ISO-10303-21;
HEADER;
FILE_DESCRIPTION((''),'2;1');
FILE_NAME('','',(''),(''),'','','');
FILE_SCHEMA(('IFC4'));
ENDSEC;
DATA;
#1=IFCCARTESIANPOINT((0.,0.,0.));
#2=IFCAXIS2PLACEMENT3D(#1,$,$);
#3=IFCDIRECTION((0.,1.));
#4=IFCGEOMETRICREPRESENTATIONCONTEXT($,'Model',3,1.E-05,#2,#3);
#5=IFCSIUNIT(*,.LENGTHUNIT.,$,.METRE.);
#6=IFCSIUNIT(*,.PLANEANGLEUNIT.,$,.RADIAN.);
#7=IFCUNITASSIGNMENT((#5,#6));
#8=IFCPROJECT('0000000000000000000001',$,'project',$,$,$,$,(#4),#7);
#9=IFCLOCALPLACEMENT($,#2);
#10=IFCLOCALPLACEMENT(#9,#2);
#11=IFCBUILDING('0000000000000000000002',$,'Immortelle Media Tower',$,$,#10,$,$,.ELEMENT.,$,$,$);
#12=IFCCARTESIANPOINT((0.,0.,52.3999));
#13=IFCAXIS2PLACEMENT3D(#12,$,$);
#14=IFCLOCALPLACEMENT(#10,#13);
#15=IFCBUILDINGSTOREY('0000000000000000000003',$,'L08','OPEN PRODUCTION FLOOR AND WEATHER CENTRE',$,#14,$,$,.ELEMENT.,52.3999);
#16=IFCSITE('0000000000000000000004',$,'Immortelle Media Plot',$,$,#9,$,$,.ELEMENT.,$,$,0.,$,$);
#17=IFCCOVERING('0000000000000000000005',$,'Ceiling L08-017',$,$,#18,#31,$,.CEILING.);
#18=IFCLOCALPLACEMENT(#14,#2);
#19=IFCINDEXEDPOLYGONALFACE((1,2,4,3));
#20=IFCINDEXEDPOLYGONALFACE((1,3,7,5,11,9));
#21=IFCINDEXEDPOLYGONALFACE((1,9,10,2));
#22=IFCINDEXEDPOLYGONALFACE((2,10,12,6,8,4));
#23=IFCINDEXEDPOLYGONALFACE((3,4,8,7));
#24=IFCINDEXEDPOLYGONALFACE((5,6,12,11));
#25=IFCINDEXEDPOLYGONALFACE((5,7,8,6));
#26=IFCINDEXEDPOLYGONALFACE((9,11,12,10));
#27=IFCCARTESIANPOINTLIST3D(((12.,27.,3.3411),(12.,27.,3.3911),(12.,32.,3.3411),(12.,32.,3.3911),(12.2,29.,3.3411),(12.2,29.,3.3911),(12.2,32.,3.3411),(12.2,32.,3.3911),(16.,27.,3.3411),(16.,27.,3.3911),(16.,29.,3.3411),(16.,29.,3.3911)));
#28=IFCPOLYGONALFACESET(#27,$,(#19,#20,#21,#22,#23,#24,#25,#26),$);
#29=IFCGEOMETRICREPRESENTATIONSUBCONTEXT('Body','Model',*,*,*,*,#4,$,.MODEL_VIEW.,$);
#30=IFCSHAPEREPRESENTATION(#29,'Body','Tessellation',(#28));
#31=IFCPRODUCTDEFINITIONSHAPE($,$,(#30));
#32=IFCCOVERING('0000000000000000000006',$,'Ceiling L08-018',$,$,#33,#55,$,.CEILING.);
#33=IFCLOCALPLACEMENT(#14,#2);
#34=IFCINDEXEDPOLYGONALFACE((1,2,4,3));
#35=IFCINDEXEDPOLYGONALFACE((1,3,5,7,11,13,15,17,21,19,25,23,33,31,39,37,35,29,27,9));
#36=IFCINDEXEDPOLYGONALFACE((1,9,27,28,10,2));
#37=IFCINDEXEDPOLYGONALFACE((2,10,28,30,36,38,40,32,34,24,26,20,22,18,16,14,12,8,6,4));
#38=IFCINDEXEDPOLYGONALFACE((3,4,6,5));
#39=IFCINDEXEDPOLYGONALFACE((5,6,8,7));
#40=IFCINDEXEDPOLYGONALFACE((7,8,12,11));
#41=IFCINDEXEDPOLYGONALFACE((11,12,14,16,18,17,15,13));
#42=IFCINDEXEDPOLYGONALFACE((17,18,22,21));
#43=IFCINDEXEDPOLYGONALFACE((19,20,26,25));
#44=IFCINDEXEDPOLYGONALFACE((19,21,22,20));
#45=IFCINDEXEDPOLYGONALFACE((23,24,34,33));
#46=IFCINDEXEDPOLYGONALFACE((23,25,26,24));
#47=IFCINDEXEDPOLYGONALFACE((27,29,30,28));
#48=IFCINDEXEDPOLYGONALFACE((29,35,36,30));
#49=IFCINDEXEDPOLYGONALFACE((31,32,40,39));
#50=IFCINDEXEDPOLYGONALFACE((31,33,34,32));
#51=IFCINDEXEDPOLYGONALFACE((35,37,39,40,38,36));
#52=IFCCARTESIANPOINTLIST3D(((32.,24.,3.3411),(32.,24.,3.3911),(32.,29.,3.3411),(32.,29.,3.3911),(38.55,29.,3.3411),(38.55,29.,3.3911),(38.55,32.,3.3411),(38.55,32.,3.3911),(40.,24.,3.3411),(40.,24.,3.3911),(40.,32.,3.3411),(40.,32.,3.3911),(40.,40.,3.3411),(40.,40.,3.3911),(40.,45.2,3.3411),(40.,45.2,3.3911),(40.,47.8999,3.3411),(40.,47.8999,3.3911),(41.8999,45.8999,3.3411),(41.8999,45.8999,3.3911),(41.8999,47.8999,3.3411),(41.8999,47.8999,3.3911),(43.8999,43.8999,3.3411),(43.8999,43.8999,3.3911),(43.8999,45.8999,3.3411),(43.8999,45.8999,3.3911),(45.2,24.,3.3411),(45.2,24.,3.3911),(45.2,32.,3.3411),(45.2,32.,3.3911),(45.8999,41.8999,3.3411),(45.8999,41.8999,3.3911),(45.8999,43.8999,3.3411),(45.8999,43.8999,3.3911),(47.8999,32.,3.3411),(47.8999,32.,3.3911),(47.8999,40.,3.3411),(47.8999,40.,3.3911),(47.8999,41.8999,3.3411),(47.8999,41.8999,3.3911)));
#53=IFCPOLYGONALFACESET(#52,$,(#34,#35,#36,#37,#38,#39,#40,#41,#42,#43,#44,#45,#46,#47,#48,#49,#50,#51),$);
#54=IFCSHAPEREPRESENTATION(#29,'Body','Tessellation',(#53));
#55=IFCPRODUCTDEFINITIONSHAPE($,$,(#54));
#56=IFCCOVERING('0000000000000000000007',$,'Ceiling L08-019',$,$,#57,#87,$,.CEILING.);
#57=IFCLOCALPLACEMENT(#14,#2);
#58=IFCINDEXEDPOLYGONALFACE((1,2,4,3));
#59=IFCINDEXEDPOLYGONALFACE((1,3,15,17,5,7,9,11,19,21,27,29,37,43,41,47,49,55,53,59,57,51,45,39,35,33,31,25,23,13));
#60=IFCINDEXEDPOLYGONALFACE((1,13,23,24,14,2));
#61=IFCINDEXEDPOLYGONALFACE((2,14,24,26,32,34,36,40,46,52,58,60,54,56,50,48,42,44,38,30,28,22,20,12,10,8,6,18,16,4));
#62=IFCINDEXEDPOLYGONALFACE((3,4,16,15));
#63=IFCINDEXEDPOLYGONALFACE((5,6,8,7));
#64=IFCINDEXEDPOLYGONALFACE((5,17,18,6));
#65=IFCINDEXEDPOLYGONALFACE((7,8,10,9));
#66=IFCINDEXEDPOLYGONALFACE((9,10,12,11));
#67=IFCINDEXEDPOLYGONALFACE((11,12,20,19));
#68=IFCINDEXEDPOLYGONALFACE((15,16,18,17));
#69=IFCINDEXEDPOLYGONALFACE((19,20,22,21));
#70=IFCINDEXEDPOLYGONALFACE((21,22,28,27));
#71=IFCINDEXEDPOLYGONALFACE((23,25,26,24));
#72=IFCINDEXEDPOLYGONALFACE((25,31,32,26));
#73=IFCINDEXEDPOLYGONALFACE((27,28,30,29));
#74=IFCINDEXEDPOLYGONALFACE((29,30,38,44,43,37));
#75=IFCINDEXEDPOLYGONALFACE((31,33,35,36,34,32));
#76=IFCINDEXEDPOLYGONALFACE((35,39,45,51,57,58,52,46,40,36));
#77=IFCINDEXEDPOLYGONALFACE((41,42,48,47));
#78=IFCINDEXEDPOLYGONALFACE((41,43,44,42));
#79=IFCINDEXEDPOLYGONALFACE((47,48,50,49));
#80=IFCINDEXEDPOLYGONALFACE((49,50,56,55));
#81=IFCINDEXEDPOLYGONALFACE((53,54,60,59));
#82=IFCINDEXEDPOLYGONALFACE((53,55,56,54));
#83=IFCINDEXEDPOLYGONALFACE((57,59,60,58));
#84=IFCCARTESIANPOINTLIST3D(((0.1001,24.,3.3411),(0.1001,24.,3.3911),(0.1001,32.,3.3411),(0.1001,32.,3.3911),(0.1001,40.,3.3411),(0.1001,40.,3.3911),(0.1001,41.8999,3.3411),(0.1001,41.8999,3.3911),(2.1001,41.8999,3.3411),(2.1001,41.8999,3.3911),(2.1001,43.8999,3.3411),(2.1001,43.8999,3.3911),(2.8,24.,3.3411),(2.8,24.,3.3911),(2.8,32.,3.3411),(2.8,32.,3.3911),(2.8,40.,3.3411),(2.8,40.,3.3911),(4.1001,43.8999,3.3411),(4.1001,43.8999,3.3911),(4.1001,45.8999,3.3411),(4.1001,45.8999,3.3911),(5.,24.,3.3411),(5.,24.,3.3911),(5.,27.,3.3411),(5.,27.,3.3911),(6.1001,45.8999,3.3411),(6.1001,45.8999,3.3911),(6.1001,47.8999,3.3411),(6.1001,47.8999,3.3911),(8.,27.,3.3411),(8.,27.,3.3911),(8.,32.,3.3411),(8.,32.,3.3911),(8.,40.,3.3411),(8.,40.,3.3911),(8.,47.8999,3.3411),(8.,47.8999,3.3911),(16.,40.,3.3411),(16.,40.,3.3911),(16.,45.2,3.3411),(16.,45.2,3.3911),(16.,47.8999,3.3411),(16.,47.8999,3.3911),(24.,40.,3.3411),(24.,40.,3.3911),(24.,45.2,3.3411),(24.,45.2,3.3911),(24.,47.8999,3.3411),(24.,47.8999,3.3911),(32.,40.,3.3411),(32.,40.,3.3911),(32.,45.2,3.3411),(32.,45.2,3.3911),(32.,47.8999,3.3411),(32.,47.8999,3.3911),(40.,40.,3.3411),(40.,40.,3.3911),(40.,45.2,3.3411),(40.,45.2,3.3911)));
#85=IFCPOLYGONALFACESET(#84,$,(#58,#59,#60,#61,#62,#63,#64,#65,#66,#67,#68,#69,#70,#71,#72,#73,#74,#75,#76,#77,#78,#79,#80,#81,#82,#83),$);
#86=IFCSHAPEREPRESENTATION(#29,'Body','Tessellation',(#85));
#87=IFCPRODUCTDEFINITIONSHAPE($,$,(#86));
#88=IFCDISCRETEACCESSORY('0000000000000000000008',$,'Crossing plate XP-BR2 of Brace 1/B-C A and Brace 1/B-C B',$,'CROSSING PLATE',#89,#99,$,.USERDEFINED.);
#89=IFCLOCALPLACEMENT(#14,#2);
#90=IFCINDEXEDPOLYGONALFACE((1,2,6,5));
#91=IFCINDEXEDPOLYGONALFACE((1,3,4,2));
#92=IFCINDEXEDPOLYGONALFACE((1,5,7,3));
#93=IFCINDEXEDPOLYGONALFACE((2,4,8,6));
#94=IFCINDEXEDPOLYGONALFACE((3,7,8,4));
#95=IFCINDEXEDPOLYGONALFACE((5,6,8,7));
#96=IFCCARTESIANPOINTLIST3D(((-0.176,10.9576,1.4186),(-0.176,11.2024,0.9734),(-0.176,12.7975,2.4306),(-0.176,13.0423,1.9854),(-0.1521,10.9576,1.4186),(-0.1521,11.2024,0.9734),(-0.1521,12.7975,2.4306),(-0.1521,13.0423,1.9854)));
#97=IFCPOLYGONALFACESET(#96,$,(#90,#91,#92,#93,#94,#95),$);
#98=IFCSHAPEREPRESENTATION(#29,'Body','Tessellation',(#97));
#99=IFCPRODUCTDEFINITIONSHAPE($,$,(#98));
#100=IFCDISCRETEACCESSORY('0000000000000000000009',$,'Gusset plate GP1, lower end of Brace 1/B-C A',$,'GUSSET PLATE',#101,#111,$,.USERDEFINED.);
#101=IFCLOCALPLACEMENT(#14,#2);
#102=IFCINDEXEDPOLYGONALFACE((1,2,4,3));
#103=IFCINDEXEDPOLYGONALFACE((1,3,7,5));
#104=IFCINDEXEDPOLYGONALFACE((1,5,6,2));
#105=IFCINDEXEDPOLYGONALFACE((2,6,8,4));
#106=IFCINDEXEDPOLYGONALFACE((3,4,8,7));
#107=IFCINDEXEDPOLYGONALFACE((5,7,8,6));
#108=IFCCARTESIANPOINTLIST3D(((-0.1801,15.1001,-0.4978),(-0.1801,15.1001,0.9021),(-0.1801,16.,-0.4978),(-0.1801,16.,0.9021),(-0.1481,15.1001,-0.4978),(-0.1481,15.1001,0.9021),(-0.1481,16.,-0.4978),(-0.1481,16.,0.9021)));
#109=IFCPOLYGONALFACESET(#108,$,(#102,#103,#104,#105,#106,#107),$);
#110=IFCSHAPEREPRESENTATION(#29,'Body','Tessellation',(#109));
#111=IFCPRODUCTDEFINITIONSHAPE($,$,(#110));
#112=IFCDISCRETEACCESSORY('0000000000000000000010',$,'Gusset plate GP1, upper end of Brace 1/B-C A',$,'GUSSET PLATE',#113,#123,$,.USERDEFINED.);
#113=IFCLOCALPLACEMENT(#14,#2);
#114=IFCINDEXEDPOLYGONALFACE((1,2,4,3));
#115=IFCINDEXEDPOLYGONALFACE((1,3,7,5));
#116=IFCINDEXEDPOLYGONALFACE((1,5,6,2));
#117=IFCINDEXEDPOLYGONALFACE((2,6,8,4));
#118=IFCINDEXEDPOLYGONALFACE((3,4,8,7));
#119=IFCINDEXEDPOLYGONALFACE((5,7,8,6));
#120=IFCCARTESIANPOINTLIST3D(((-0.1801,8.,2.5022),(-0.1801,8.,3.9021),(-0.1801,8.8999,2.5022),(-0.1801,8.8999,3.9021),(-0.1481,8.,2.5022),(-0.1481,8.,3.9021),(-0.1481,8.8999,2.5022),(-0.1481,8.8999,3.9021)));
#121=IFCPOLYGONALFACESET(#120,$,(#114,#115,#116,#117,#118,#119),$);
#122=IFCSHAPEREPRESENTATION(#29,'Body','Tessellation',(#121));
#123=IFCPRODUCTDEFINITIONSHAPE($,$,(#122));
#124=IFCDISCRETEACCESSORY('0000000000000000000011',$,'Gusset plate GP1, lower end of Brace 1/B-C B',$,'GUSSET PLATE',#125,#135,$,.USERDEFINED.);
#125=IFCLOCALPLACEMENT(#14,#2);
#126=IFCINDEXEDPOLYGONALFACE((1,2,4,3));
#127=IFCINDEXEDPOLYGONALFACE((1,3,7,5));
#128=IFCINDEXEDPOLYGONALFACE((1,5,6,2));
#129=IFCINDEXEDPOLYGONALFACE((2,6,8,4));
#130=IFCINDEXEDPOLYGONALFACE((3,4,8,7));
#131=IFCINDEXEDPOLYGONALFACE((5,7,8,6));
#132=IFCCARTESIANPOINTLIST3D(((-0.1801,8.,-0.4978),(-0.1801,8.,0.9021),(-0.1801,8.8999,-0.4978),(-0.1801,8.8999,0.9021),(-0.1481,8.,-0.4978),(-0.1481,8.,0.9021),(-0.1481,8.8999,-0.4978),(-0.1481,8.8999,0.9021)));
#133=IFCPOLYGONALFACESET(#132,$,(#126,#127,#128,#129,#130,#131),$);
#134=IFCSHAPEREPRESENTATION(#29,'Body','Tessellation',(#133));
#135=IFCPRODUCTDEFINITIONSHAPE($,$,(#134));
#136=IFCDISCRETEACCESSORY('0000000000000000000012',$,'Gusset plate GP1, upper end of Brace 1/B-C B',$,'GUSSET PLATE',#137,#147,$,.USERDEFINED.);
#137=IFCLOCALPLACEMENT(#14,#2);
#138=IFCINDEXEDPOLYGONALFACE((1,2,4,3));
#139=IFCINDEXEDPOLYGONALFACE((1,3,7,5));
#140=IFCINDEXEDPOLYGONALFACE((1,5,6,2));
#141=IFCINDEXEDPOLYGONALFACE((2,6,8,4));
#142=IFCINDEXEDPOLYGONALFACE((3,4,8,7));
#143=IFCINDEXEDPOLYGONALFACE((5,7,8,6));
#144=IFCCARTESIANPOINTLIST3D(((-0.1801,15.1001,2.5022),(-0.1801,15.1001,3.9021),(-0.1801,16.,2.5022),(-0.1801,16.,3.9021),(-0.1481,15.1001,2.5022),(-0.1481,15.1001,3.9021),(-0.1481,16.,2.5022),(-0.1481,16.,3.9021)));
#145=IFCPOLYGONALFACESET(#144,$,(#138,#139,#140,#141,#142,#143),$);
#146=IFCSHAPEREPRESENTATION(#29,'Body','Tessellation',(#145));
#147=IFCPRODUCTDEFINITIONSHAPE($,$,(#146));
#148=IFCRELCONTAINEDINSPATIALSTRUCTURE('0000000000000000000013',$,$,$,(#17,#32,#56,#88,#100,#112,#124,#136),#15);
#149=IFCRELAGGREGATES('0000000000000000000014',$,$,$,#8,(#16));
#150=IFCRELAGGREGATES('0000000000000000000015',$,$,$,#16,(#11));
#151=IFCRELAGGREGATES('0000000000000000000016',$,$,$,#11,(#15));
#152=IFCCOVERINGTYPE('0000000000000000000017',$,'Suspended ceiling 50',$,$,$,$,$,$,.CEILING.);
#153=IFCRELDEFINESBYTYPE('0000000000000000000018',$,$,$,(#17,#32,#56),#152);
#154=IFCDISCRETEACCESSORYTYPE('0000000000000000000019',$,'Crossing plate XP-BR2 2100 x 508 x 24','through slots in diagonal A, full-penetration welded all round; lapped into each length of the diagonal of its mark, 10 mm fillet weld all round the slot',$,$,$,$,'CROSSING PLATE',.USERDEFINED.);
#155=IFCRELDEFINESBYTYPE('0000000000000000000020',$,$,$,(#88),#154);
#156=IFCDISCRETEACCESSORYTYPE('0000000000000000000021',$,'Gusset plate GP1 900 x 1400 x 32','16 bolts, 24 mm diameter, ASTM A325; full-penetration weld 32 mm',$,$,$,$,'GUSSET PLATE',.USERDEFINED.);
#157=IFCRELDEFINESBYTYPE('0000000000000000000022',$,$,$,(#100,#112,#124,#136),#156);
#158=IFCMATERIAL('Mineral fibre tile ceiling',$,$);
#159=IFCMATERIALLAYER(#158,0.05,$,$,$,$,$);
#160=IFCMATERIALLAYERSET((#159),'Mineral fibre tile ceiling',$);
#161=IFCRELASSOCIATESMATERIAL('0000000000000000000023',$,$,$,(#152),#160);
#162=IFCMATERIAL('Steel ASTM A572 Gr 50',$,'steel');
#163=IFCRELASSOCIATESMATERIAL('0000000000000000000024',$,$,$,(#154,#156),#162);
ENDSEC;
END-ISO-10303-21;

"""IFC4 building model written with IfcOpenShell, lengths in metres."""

from ifc_helpers import new_model, si_unit, direction, frame, origin, origin_2d, place, context, subcontext, project, spatial, polyline, rectangle, outline, extrude, material, layer, layer_set, material_profile, profile_set, type_object, element, save


model = new_model("IFC4")

# Units and contexts
model_context = context("Model", 3, precision=1e-05, world=origin(), true_north=direction((0.0, 1.0)))
body_context = subcontext(model_context, "Body", "Model", "MODEL_VIEW")
ifc_project = project(units=[si_unit("LENGTHUNIT", "METRE"), si_unit("PLANEANGLEUNIT", "RADIAN")], contexts=[model_context])

# Site, building, storey
site_placement = place(None, origin())
site = spatial("IfcSite", under=ifc_project, at=site_placement, Name="Immortelle Media Plot", CompositionType="ELEMENT", RefElevation=0.0)
building_placement = place(site_placement, origin())
building = spatial("IfcBuilding", under=site, at=building_placement, Name="Immortelle Media Tower", CompositionType="ELEMENT")
storey_placement = place(building_placement, frame((0.0, 0.0, 52.3999)))
storey = spatial("IfcBuildingStorey", under=building, at=storey_placement, Name="L08", Description="OPEN PRODUCTION FLOOR AND WEATHER CENTRE", CompositionType="ELEMENT", Elevation=52.3999)

# Coverings
ifc_material_1 = material(Name="Mineral fibre tile ceiling")
ifc_layer_1 = layer(ifc_material_1, 0.05)
ifc_layer_set_1 = layer_set([ifc_layer_1], Name="Mineral fibre tile ceiling")
covering_type = type_object("IfcCoveringType", Name="Suspended ceiling 50", PredefinedType="CEILING", material=ifc_layer_set_1)
covering_1_placement = place(storey_placement, frame((0.0, 0.0, 3.3411)))
element("IfcCovering", 1, at=covering_1_placement, inside=storey, type_object=covering_type, Name="Ceiling L08-017", PredefinedType="CEILING", context=body_context, shape_type="SweptSolid", body=[
    extrude(outline(polyline([(12.2, 32.0), (12.2, 29.0), (16.0, 29.0), (16.0, 27.0), (12.0, 27.0), (12.0, 32.0), (12.2, 32.0)])), origin(), (0.0, 0.0, 1.0), 0.05),
])
covering_2_placement = place(storey_placement, frame((0.0, 0.0, 3.3411)))
element("IfcCovering", 2, at=covering_2_placement, inside=storey, type_object=covering_type, Name="Ceiling L08-018", PredefinedType="CEILING", context=body_context, shape_type="SweptSolid", body=[
    extrude(outline(polyline([(38.55, 32.0), (40.0, 32.0), (40.0, 40.0), (40.0, 45.2), (40.0, 47.8999), (41.8999, 47.8999), (41.8999, 45.8999), (43.8999, 45.8999), (43.8999, 43.8999), (45.8999, 43.8999), (45.8999, 41.8999), (47.8999, 41.8999), (47.8999, 40.0), (47.8999, 32.0), (45.2, 32.0), (45.2, 24.0), (40.0, 24.0), (32.0, 24.0), (32.0, 29.0), (38.55, 29.0), (38.55, 32.0)])), origin(), (0.0, 0.0, 1.0), 0.05),
])
covering_3_placement = place(storey_placement, frame((0.0, 0.0, 3.3411)))
element("IfcCovering", 3, at=covering_3_placement, inside=storey, type_object=covering_type, Name="Ceiling L08-019", PredefinedType="CEILING", context=body_context, shape_type="SweptSolid", body=[
    extrude(outline(polyline([(2.8, 40.0), (0.1001, 40.0), (0.1001, 41.8999), (2.1001, 41.8999), (2.1001, 43.8999), (4.1001, 43.8999), (4.1001, 45.8999), (6.1001, 45.8999), (6.1001, 47.8999), (8.0, 47.8999), (16.0, 47.8999), (16.0, 45.2), (24.0, 45.2), (24.0, 47.8999), (32.0, 47.8999), (32.0, 45.2), (40.0, 45.2), (40.0, 40.0), (32.0, 40.0), (24.0, 40.0), (16.0, 40.0), (8.0, 40.0), (8.0, 32.0), (8.0, 27.0), (5.0, 27.0), (5.0, 24.0), (2.8, 24.0), (0.1001, 24.0), (0.1001, 32.0), (2.8, 32.0), (2.8, 40.0)])), origin(), (0.0, 0.0, 1.0), 0.05),
])

# Discrete accessories
ifc_material_2 = material(Name="Steel ASTM A572 Gr 50", Category="steel")
ifc_material_profile_1 = material_profile(ifc_material_2, rectangle(XDim=0.0239, YDim=0.5081, at=origin_2d()), Name="PL 24 x 508")
ifc_profile_set_1 = profile_set([ifc_material_profile_1], Name="Steel ASTM A572 Gr 50")
discrete_accessory_type_1 = type_object("IfcDiscreteAccessoryType", Name="Crossing plate XP-BR2 2100 x 508 x 24", Description="through slots in diagonal A, full-penetration welded all round; lapped into each length of the diagonal of its mark, 10 mm fillet weld all round the slot", ElementType="CROSSING PLATE", PredefinedType="USERDEFINED", material=ifc_profile_set_1)
discrete_accessory_placement = place(storey_placement, frame((-0.1641, 12.9199, 2.208), z_axis=(0.0, -0.876206, -0.481937), x_axis=(1.0, 0.0, 0.0)))
element("IfcDiscreteAccessory", 4, at=discrete_accessory_placement, inside=storey, type_object=discrete_accessory_type_1, Name="Crossing plate XP-BR2 of Brace 1/B-C A and Brace 1/B-C B", ObjectType="CROSSING PLATE", PredefinedType="USERDEFINED", context=body_context, shape_type="SweptSolid", body=[
    extrude(rectangle(XDim=0.0239, YDim=0.5081, at=origin_2d()), origin(), (0.0, 0.0, 1.0), 2.0999),
])
ifc_material_profile_2 = material_profile(ifc_material_2, rectangle(XDim=0.032, YDim=1.3999, at=origin_2d()), Name="PL 32 x 1400")
ifc_profile_set_2 = profile_set([ifc_material_profile_2], Name="Steel ASTM A572 Gr 50")
discrete_accessory_type_2 = type_object("IfcDiscreteAccessoryType", Name="Gusset plate GP1 900 x 1400 x 32", Description="16 bolts, 24 mm diameter, ASTM A325; full-penetration weld 32 mm", ElementType="GUSSET PLATE", PredefinedType="USERDEFINED", material=ifc_profile_set_2)
for number, where, z_axis, x_axis, name in (
    (5, (-0.1641, 16.0, 0.2021), (0.0, -1.0, 0.0), (1.0, 0.0, 0.0), "Gusset plate GP1, lower end of Brace 1/B-C A"),
    (6, (-0.1641, 8.0, 3.2021), (0.0, 1.0, 0.0), (-1.0, 0.0, 0.0), "Gusset plate GP1, upper end of Brace 1/B-C A"),
    (7, (-0.1641, 8.0, 0.2021), (0.0, 1.0, 0.0), (-1.0, 0.0, 0.0), "Gusset plate GP1, lower end of Brace 1/B-C B"),
    (8, (-0.1641, 16.0, 3.2021), (0.0, -1.0, 0.0), (1.0, 0.0, 0.0), "Gusset plate GP1, upper end of Brace 1/B-C B"),
):
    element("IfcDiscreteAccessory", number, at=place(storey_placement, frame(where, z_axis=z_axis, x_axis=x_axis)), inside=storey, type_object=discrete_accessory_type_2, Name=name, ObjectType="GUSSET PLATE", PredefinedType="USERDEFINED", context=body_context, shape_type="SweptSolid", body=[
        extrude(rectangle(XDim=0.032, YDim=1.3999, at=origin_2d()), origin(), (0.0, 0.0, 1.0), 0.8999),
    ])

save(model, "model.ifc")
